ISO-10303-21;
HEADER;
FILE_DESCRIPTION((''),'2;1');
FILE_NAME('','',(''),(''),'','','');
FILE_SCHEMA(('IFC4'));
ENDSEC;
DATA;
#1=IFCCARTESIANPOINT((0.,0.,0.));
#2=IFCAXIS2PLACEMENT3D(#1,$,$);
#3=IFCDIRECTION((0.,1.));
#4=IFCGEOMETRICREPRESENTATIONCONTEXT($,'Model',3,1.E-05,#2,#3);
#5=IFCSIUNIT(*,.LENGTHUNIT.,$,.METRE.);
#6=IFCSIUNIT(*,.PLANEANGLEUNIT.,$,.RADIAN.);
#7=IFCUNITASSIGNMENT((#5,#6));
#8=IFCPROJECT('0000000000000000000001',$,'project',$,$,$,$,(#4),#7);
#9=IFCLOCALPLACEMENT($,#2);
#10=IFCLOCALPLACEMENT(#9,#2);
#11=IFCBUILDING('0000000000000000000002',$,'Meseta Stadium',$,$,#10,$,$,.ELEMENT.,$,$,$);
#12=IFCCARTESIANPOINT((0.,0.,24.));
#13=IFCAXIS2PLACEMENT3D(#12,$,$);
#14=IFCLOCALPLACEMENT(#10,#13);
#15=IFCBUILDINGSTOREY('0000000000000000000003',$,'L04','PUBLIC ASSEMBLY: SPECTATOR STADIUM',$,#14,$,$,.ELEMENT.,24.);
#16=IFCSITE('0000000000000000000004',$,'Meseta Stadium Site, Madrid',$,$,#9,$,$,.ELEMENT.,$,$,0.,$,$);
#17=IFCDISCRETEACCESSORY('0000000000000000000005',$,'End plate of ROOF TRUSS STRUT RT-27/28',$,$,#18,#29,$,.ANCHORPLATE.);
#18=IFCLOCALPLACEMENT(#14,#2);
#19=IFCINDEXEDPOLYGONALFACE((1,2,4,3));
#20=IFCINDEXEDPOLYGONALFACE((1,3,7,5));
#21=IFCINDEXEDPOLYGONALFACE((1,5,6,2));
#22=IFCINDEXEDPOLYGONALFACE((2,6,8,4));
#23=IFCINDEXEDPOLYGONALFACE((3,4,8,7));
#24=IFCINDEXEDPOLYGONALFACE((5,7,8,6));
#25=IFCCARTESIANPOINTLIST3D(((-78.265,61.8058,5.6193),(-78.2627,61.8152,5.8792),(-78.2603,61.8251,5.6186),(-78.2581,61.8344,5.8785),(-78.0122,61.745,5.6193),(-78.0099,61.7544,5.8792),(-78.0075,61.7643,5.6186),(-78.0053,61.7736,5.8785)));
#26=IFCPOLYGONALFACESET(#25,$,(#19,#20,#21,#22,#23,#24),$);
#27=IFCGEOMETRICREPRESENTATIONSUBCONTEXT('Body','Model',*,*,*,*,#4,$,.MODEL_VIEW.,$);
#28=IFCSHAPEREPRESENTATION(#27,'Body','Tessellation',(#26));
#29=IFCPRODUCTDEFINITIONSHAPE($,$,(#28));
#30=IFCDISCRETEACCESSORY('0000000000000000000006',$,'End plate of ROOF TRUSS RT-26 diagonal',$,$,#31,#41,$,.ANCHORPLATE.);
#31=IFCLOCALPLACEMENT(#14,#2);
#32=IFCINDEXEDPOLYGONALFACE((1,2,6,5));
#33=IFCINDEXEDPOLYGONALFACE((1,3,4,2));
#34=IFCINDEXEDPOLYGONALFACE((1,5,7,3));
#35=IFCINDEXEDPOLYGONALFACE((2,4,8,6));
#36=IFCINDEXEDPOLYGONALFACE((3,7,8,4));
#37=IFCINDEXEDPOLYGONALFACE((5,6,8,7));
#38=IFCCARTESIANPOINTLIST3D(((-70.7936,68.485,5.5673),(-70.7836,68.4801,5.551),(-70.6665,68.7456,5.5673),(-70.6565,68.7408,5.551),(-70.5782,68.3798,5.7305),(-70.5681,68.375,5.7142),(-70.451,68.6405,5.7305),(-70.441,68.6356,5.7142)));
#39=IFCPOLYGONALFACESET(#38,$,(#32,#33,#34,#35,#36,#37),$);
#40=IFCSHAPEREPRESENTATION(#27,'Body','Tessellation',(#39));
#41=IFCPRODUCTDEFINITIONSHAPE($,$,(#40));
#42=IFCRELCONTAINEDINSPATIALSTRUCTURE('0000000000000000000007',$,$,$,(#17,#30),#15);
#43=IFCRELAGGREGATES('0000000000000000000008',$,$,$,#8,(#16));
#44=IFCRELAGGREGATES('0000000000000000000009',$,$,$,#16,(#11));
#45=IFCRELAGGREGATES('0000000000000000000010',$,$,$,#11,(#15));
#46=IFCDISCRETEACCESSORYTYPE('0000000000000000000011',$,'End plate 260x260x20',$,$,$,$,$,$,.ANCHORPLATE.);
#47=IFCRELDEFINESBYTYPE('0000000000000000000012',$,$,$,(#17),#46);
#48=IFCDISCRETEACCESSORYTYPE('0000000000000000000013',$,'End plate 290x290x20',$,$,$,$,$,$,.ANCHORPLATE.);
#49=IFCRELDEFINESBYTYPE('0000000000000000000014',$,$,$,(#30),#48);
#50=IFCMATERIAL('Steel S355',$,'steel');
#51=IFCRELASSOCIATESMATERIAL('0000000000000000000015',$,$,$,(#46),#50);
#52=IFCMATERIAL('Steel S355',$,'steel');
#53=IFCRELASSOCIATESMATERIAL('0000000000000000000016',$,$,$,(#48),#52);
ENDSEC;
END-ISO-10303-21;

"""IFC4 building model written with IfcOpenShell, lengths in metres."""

from ifc_helpers import new_model, si_unit, direction, frame, origin, origin_2d, place, context, subcontext, project, spatial, rectangle, extrude, material, material_profile, profile_set, type_object, element, save


model = new_model("IFC4")

# Units and contexts
model_context = context("Model", 3, precision=1e-05, world=origin(), true_north=direction((0.0, 1.0)))
body_context = subcontext(model_context, "Body", "Model", "MODEL_VIEW")
ifc_project = project(units=[si_unit("LENGTHUNIT", "METRE"), si_unit("PLANEANGLEUNIT", "RADIAN")], contexts=[model_context])

# Site, building, storey
site_placement = place(None, origin())
site = spatial("IfcSite", under=ifc_project, at=site_placement, Name="Meseta Stadium Site, Madrid", CompositionType="ELEMENT", RefElevation=0.0)
building_placement = place(site_placement, origin())
building = spatial("IfcBuilding", under=site, at=building_placement, Name="Meseta Stadium", CompositionType="ELEMENT")
storey_placement = place(building_placement, frame((0.0, 0.0, 24.0)))
storey = spatial("IfcBuildingStorey", under=building, at=storey_placement, Name="L04", Description="PUBLIC ASSEMBLY: SPECTATOR STADIUM", CompositionType="ELEMENT", Elevation=24.0)

# Discrete accessories
ifc_material_1 = material(Name="Steel S355", Category="steel")
ifc_material_profile_1 = material_profile(ifc_material_1, rectangle(XDim=0.26, YDim=0.26, at=origin_2d()), Name="PL 260x260")
ifc_profile_set_1 = profile_set([ifc_material_profile_1], Name="Steel S355")
discrete_accessory_type_1 = type_object("IfcDiscreteAccessoryType", Name="End plate 260x260x20", PredefinedType="ANCHORPLATE", material=ifc_profile_set_1)
discrete_accessory_1_placement = place(storey_placement, frame((-78.1328, 61.7993, 5.7485), z_axis=(-0.233679, -0.971613, 0.036897), x_axis=(0.972275, -0.233838, 0.0)))
element("IfcDiscreteAccessory", 1, at=discrete_accessory_1_placement, inside=storey, type_object=discrete_accessory_type_1, Name="End plate of ROOF TRUSS STRUT RT-27/28", PredefinedType="ANCHORPLATE", context=body_context, shape_type="SweptSolid", body=[
    extrude(rectangle(XDim=0.26, YDim=0.26, at=origin_2d()), origin(), (0.0, 0.0, 1.0), 0.0198),
])
ifc_material_2 = material(Name="Steel S355", Category="steel")
ifc_material_profile_2 = material_profile(ifc_material_2, rectangle(XDim=0.29, YDim=0.29, at=origin_2d()), Name="PL 290x290")
ifc_profile_set_2 = profile_set([ifc_material_profile_2], Name="Steel S355")
discrete_accessory_type_2 = type_object("IfcDiscreteAccessoryType", Name="End plate 290x290x20", PredefinedType="ANCHORPLATE", material=ifc_profile_set_2)
discrete_accessory_2_placement = place(storey_placement, frame((-70.6123, 68.5579, 5.6326), z_axis=(-0.505826, 0.246744, 0.826594), x_axis=(-0.438424, -0.898768, 0.0)))
element("IfcDiscreteAccessory", 2, at=discrete_accessory_2_placement, inside=storey, type_object=discrete_accessory_type_2, Name="End plate of ROOF TRUSS RT-26 diagonal", PredefinedType="ANCHORPLATE", context=body_context, shape_type="SweptSolid", body=[
    extrude(rectangle(XDim=0.29, YDim=0.29, at=origin_2d()), origin(), (0.0, 0.0, 1.0), 0.0198),
])

save(model, "model.ifc")
